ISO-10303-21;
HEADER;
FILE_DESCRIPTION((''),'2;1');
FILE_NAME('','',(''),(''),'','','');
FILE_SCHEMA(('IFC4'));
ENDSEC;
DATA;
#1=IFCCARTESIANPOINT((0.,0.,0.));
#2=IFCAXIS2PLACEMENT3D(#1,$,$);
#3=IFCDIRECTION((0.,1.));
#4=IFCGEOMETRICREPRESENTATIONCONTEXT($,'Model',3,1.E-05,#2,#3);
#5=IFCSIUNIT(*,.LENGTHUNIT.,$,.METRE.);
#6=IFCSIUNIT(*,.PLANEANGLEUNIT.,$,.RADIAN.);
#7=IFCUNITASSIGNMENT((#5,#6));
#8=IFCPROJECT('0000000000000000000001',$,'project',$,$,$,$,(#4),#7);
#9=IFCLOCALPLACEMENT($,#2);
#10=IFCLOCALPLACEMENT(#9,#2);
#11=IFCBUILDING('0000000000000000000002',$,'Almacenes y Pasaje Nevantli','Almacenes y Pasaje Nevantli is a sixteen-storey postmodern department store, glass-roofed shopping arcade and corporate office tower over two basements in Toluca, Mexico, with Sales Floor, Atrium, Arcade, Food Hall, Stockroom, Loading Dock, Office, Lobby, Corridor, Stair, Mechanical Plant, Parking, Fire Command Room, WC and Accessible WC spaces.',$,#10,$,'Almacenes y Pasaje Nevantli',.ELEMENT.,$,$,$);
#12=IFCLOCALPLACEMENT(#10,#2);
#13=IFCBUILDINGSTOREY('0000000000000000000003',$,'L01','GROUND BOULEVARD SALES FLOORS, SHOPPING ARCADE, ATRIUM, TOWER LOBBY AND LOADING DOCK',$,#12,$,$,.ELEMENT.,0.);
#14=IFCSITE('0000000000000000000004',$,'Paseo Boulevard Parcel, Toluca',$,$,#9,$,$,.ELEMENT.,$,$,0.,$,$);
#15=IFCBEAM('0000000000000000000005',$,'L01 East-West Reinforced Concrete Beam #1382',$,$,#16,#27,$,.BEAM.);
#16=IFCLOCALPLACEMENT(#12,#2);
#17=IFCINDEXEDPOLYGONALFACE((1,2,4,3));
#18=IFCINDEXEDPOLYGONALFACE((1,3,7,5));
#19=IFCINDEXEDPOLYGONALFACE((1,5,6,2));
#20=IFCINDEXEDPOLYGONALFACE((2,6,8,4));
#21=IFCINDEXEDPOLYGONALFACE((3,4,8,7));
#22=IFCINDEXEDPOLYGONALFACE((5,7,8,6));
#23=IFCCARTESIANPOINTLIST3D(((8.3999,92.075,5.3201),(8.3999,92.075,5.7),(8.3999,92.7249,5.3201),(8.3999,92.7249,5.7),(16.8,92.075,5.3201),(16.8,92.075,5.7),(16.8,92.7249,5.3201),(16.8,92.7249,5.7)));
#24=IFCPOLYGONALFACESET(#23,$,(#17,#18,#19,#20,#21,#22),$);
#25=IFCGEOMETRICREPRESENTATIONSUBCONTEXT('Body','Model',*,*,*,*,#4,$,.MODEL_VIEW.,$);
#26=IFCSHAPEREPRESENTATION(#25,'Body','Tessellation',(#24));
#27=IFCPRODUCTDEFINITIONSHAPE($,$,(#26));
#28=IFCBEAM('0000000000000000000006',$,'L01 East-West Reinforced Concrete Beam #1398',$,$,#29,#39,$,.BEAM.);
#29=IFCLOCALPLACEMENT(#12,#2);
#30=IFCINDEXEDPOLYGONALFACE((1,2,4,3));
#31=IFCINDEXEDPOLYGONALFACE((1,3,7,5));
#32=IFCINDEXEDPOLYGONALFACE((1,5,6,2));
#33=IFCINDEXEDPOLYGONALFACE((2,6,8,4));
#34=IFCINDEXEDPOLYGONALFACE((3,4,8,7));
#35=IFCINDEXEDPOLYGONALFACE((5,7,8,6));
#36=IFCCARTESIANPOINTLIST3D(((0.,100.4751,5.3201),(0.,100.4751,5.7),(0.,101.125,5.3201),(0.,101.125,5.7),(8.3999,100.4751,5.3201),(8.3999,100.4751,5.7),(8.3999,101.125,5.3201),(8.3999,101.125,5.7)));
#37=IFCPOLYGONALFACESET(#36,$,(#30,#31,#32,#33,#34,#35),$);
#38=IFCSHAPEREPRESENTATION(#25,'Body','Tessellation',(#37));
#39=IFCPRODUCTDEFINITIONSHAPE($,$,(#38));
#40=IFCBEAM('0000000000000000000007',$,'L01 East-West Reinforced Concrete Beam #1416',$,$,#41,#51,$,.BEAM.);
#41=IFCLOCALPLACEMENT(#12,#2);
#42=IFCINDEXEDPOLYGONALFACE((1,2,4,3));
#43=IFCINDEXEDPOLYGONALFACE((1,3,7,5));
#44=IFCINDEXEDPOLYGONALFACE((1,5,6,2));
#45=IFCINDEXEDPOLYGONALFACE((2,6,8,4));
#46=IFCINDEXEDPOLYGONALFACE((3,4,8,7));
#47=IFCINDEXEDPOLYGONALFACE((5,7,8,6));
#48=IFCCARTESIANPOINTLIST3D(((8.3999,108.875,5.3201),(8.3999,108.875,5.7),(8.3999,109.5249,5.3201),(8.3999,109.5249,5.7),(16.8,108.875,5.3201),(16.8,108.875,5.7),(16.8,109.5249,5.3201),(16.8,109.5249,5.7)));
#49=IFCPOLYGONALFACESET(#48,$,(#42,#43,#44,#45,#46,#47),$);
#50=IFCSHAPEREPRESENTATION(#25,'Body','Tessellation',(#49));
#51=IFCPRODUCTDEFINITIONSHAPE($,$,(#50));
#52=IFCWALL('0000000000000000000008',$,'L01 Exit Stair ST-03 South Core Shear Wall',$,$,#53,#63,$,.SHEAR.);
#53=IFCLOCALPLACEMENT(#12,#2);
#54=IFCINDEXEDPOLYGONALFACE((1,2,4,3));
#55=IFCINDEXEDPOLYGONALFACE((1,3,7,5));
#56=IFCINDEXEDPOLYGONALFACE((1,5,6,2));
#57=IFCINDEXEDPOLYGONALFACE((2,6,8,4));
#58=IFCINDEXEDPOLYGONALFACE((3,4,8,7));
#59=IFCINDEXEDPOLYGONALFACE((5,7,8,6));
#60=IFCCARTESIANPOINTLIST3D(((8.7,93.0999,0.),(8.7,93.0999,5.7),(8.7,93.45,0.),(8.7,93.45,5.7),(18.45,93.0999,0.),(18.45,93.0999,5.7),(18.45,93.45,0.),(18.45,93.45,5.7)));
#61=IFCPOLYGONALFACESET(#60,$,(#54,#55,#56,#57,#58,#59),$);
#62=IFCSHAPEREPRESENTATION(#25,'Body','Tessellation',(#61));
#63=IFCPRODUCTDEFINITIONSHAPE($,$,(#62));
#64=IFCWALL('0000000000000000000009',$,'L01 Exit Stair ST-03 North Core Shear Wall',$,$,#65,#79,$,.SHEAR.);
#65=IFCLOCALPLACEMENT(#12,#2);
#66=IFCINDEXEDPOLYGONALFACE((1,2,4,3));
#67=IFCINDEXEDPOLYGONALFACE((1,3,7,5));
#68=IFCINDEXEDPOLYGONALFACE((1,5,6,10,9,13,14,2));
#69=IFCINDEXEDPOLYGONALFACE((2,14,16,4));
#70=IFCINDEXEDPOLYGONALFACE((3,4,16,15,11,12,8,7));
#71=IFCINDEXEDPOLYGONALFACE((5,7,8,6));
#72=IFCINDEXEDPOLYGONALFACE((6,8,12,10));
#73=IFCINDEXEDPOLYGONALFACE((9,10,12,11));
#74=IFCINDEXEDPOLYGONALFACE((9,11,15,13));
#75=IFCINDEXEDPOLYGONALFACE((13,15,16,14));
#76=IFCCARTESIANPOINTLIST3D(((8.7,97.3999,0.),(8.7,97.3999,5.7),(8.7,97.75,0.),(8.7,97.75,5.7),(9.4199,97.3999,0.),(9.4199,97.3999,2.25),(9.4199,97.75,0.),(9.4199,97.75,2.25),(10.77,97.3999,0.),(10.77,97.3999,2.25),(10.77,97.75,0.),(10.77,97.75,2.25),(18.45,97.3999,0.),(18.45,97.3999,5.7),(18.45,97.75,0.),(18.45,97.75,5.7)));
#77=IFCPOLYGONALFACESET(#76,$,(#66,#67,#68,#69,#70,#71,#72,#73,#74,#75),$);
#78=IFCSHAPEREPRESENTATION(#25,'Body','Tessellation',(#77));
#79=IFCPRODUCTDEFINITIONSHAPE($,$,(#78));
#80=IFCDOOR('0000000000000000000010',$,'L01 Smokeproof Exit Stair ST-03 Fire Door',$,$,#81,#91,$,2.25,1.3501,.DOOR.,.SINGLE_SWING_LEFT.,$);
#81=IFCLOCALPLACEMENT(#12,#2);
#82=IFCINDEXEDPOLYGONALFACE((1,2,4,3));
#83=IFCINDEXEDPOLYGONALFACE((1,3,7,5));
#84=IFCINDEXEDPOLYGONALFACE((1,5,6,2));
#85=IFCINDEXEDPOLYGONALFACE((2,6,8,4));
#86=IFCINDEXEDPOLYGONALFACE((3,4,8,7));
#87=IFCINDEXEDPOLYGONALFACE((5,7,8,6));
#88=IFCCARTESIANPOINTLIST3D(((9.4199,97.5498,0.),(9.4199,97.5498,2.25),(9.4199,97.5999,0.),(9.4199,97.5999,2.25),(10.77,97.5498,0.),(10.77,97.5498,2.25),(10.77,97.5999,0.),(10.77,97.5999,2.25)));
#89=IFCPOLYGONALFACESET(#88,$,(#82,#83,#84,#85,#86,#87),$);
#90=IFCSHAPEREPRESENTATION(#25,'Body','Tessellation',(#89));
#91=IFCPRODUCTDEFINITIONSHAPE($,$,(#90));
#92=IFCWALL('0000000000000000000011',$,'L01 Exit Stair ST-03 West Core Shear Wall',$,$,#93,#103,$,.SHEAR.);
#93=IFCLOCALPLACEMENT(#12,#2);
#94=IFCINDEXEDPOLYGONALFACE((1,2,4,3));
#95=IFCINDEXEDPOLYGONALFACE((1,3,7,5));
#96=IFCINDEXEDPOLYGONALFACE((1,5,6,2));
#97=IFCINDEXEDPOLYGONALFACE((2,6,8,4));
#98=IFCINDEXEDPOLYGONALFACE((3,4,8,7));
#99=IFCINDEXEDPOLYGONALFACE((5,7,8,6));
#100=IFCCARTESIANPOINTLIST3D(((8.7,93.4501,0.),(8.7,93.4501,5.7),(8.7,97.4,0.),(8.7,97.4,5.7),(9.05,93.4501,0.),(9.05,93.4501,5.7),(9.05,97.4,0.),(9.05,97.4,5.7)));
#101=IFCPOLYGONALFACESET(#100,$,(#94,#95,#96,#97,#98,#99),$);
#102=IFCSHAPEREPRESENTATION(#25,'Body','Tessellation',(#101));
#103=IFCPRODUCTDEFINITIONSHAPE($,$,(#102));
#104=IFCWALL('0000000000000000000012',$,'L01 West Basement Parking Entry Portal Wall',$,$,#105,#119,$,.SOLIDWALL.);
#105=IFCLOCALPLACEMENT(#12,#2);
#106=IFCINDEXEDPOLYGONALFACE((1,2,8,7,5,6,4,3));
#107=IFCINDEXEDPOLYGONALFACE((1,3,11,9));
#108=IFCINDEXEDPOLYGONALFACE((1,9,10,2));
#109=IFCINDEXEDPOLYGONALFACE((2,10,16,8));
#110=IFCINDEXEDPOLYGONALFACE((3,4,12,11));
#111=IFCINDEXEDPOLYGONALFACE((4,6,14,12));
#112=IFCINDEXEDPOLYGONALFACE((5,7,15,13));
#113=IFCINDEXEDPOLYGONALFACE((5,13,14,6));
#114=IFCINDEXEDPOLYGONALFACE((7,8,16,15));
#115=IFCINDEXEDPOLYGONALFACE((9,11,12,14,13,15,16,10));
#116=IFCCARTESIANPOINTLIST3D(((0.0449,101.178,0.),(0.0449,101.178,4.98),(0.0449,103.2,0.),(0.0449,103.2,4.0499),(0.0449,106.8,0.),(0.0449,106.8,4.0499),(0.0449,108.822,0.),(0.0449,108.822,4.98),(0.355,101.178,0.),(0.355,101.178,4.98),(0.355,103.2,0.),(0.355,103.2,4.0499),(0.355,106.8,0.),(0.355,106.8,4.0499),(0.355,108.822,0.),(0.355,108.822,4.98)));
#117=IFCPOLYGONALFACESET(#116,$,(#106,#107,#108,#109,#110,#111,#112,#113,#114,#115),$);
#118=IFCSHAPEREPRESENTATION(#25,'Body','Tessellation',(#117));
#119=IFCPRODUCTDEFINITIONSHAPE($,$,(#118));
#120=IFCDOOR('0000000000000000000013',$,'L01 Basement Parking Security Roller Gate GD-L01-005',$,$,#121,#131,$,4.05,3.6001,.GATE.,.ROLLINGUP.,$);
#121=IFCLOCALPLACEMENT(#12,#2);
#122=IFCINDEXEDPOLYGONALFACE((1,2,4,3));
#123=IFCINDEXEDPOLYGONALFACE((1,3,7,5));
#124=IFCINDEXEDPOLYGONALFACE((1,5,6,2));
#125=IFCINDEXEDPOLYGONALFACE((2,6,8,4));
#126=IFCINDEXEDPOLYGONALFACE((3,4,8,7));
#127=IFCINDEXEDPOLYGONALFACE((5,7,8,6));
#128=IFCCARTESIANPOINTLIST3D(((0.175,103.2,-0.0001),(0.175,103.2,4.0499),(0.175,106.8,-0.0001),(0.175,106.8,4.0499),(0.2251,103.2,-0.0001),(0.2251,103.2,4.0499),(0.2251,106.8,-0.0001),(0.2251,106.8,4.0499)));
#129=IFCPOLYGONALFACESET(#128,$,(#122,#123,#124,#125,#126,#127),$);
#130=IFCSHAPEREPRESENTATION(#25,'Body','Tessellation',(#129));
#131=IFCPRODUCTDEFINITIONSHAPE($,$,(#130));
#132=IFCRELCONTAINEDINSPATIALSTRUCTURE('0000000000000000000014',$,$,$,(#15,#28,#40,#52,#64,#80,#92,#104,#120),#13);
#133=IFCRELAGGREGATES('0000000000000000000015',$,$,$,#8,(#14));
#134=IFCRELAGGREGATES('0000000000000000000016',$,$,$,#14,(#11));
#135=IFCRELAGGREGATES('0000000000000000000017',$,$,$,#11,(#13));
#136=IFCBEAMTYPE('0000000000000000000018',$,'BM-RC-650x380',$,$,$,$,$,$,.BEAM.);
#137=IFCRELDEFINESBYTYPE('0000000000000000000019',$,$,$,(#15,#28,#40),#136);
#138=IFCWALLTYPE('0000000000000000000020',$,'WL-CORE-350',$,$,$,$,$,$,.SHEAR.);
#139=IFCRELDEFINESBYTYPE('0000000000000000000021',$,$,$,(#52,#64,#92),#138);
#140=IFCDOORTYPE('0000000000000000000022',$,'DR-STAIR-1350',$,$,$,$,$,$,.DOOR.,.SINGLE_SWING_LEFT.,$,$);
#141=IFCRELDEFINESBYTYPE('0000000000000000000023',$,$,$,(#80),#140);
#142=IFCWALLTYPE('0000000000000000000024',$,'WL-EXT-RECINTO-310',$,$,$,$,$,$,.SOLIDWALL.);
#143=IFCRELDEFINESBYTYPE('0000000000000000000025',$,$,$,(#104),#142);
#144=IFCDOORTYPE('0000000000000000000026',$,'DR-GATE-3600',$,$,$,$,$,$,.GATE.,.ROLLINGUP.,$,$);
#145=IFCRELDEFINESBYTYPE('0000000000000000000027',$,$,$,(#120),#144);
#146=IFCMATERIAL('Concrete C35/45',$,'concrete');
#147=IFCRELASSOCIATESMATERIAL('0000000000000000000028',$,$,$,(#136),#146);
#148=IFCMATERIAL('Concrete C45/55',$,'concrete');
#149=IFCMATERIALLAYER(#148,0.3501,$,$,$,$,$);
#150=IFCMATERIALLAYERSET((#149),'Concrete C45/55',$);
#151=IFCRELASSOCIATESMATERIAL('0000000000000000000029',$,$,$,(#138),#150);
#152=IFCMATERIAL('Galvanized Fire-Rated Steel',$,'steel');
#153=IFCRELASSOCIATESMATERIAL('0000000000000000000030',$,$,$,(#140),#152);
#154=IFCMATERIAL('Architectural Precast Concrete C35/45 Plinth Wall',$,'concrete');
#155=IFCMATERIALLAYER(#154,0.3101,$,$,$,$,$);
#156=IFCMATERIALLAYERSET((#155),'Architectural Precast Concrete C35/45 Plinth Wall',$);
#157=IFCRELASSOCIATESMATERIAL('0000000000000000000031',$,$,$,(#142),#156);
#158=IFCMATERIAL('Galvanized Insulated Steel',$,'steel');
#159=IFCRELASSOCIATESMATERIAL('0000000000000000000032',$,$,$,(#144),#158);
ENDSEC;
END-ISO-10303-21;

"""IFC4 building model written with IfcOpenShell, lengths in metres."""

from ifc_helpers import new_model, si_unit, direction, frame, frame_2d, origin, origin_2d, place, context, subcontext, project, spatial, rectangle, extrude, material, layer, layer_set, material_profile, profile_set, type_object, element, fill, save


model = new_model("IFC4")

# Units and contexts
model_context = context("Model", 3, precision=1e-05, world=origin(), true_north=direction((0.0, 1.0)))
body_context = subcontext(model_context, "Body", "Model", "MODEL_VIEW")
ifc_project = project(units=[si_unit("LENGTHUNIT", "METRE"), si_unit("PLANEANGLEUNIT", "RADIAN")], contexts=[model_context])

# Site, building, storey
site_placement = place(None, origin())
site = spatial("IfcSite", under=ifc_project, at=site_placement, Name="Paseo Boulevard Parcel, Toluca", CompositionType="ELEMENT", RefElevation=0.0)
building_placement = place(site_placement, origin())
building = spatial("IfcBuilding", under=site, at=building_placement, Name="Almacenes y Pasaje Nevantli", Description="Almacenes y Pasaje Nevantli is a sixteen-storey postmodern department store, glass-roofed shopping arcade and corporate office tower over two basements in Toluca, Mexico, with Sales Floor, Atrium, Arcade, Food Hall, Stockroom, Loading Dock, Office, Lobby, Corridor, Stair, Mechanical Plant, Parking, Fire Command Room, WC and Accessible WC spaces.", LongName="Almacenes y Pasaje Nevantli", CompositionType="ELEMENT")
storey_placement = place(building_placement, origin())
storey = spatial("IfcBuildingStorey", under=building, at=storey_placement, Name="L01", Description="GROUND BOULEVARD SALES FLOORS, SHOPPING ARCADE, ATRIUM, TOWER LOBBY AND LOADING DOCK", CompositionType="ELEMENT", Elevation=0.0)

# Beams
ifc_material_1 = material(Name="Concrete C35/45", Category="concrete")
ifc_material_profile_1 = material_profile(ifc_material_1, rectangle(XDim=0.6499, YDim=0.3799, at=origin_2d()), Name="RC-BM-650x380")
ifc_profile_set_1 = profile_set([ifc_material_profile_1], Name="Concrete C35/45")
beam_type_1 = type_object("IfcBeamType", Name="BM-RC-650x380", PredefinedType="BEAM", material=ifc_profile_set_1)
beam_1_placement = place(storey_placement, frame((8.3999, 92.3999, 5.51), z_axis=(1.0, 0.0, 0.0), x_axis=(0.0, 1.0, 0.0)))
element("IfcBeam", 1, at=beam_1_placement, inside=storey, type_object=beam_type_1, Name="L01 East-West Reinforced Concrete Beam #1382", PredefinedType="BEAM", context=body_context, shape_type="SweptSolid", body=[
    extrude(rectangle(XDim=0.6499, YDim=0.3799, at=origin_2d()), origin(), (0.0, 0.0, 1.0), 8.4001),
])
beam_2_placement = place(storey_placement, frame((0.0, 100.8, 5.51), z_axis=(1.0, 0.0, 0.0), x_axis=(0.0, 1.0, 0.0)))
element("IfcBeam", 2, at=beam_2_placement, inside=storey, type_object=beam_type_1, Name="L01 East-West Reinforced Concrete Beam #1398", PredefinedType="BEAM", context=body_context, shape_type="SweptSolid", body=[
    extrude(rectangle(XDim=0.6499, YDim=0.3799, at=origin_2d()), origin(), (0.0, 0.0, 1.0), 8.3999),
])
beam_3_placement = place(storey_placement, frame((8.3999, 109.2, 5.51), z_axis=(1.0, 0.0, 0.0), x_axis=(0.0, 1.0, 0.0)))
element("IfcBeam", 3, at=beam_3_placement, inside=storey, type_object=beam_type_1, Name="L01 East-West Reinforced Concrete Beam #1416", PredefinedType="BEAM", context=body_context, shape_type="SweptSolid", body=[
    extrude(rectangle(XDim=0.6499, YDim=0.3799, at=origin_2d()), origin(), (0.0, 0.0, 1.0), 8.4001),
])

# Wall
ifc_material_2 = material(Name="Concrete C45/55", Category="concrete")
ifc_layer_1 = layer(ifc_material_2, 0.3501)
ifc_layer_set_1 = layer_set([ifc_layer_1], Name="Concrete C45/55")
wall_type_1 = type_object("IfcWallType", Name="WL-CORE-350", PredefinedType="SHEAR", material=ifc_layer_set_1)
wall_1_placement = place(storey_placement, frame((8.7, 93.2749, 0.0), z_axis=(0.0, 0.0, 1.0), x_axis=(1.0, 0.0, 0.0)))
element("IfcWall", 4, at=wall_1_placement, inside=storey, type_object=wall_type_1, Name="L01 Exit Stair ST-03 South Core Shear Wall", PredefinedType="SHEAR", context=body_context, shape_type="SweptSolid", body=[
    extrude(rectangle(XDim=9.75, YDim=0.3501, at=frame_2d((4.875, 0.0))), origin(), (0.0, 0.0, 1.0), 5.7),
])

# Wall, opening, door
wall_2_placement = place(storey_placement, frame((8.7, 97.575, 0.0), z_axis=(0.0, 0.0, 1.0), x_axis=(1.0, 0.0, 0.0)))
wall_2 = element("IfcWall", 5, at=wall_2_placement, inside=storey, type_object=wall_type_1, Name="L01 Exit Stair ST-03 North Core Shear Wall", PredefinedType="SHEAR", context=body_context, shape_type="SweptSolid", body=[
    extrude(rectangle(XDim=9.75, YDim=0.3501, at=frame_2d((4.875, 0.0))), origin(), (0.0, 0.0, 1.0), 5.7),
])
opening_1_placement = place(wall_2_placement, frame((0.72, 0.0, 0.0)))
opening_1 = element("IfcOpeningElement", 6, at=opening_1_placement, cuts=wall_2, PredefinedType="OPENING", context=body_context, shape_type="SweptSolid", body=[
    extrude(rectangle(XDim=1.3501, YDim=2.25, at=frame_2d((0.675, 1.125))), frame((0.0, 0.1851, 0.0), z_axis=(0.0, -1.0, 0.0), x_axis=(1.0, 0.0, 0.0)), (0.0, 0.0, 1.0), 0.3701),
])
ifc_material_3 = material(Name="Galvanized Fire-Rated Steel", Category="steel")
door_type_1 = type_object("IfcDoorType", Name="DR-STAIR-1350", OperationType="SINGLE_SWING_LEFT", PredefinedType="DOOR", material=ifc_material_3)
door_1_placement = place(opening_1_placement, origin())
door_1 = element("IfcDoor", 7, at=door_1_placement, inside=storey, type_object=door_type_1, Name="L01 Smokeproof Exit Stair ST-03 Fire Door", OperationType="SINGLE_SWING_LEFT", OverallHeight=2.25, OverallWidth=1.3501, PredefinedType="DOOR", context=body_context, shape_type="SweptSolid", body=[
    extrude(rectangle(XDim=1.3501, YDim=2.25, at=frame_2d((0.675, 1.125))), frame((0.0, 0.0249, 0.0), z_axis=(0.0, -1.0, 0.0), x_axis=(1.0, 0.0, 0.0)), (0.0, 0.0, 1.0), 0.05),
])
fill(opening_1, door_1)

# Wall
wall_3_placement = place(storey_placement, frame((8.875, 93.45, 0.0), z_axis=(0.0, 0.0, 1.0), x_axis=(0.0, 1.0, 0.0)))
element("IfcWall", 8, at=wall_3_placement, inside=storey, type_object=wall_type_1, Name="L01 Exit Stair ST-03 West Core Shear Wall", PredefinedType="SHEAR", context=body_context, shape_type="SweptSolid", body=[
    extrude(rectangle(XDim=3.95, YDim=0.3501, at=frame_2d((1.9751, 0.0))), origin(), (0.0, 0.0, 1.0), 5.7),
])

# Wall, opening, door
ifc_material_4 = material(Name="Architectural Precast Concrete C35/45 Plinth Wall", Category="concrete")
ifc_layer_2 = layer(ifc_material_4, 0.3101)
ifc_layer_set_2 = layer_set([ifc_layer_2], Name="Architectural Precast Concrete C35/45 Plinth Wall")
wall_type_2 = type_object("IfcWallType", Name="WL-EXT-RECINTO-310", PredefinedType="SOLIDWALL", material=ifc_layer_set_2)
wall_4_placement = place(storey_placement, frame((0.2, 101.178, 0.0), z_axis=(0.0, 0.0, 1.0), x_axis=(0.0, 1.0, 0.0)))
wall_4 = element("IfcWall", 9, at=wall_4_placement, inside=storey, type_object=wall_type_2, Name="L01 West Basement Parking Entry Portal Wall", PredefinedType="SOLIDWALL", context=body_context, shape_type="SweptSolid", body=[
    extrude(rectangle(XDim=7.644, YDim=0.3101, at=frame_2d((3.822, 0.0))), origin(), (0.0, 0.0, 1.0), 4.98),
])
opening_2_placement = place(wall_4_placement, frame((2.022, 0.0, 0.0)))
opening_2 = element("IfcOpeningElement", 10, at=opening_2_placement, cuts=wall_4, PredefinedType="OPENING", context=body_context, shape_type="SweptSolid", body=[
    extrude(rectangle(XDim=3.6001, YDim=4.05, at=frame_2d((1.8, 2.0249))), frame((0.0, 0.165, 0.0), z_axis=(0.0, -1.0, 0.0), x_axis=(1.0, 0.0, 0.0)), (0.0, 0.0, 1.0), 0.3301),
])
ifc_material_5 = material(Name="Galvanized Insulated Steel", Category="steel")
door_type_2 = type_object("IfcDoorType", Name="DR-GATE-3600", OperationType="ROLLINGUP", PredefinedType="GATE", material=ifc_material_5)
door_2_placement = place(opening_2_placement, origin())
door_2 = element("IfcDoor", 11, at=door_2_placement, inside=storey, type_object=door_type_2, Name="L01 Basement Parking Security Roller Gate GD-L01-005", OperationType="ROLLINGUP", OverallHeight=4.05, OverallWidth=3.6001, PredefinedType="GATE", context=body_context, shape_type="SweptSolid", body=[
    extrude(rectangle(XDim=3.6001, YDim=4.05, at=frame_2d((1.8, 2.0249))), frame((0.0, 0.0249, 0.0), z_axis=(0.0, -1.0, 0.0), x_axis=(1.0, 0.0, 0.0)), (0.0, 0.0, 1.0), 0.05),
])
fill(opening_2, door_2)

save(model, "model.ifc")
